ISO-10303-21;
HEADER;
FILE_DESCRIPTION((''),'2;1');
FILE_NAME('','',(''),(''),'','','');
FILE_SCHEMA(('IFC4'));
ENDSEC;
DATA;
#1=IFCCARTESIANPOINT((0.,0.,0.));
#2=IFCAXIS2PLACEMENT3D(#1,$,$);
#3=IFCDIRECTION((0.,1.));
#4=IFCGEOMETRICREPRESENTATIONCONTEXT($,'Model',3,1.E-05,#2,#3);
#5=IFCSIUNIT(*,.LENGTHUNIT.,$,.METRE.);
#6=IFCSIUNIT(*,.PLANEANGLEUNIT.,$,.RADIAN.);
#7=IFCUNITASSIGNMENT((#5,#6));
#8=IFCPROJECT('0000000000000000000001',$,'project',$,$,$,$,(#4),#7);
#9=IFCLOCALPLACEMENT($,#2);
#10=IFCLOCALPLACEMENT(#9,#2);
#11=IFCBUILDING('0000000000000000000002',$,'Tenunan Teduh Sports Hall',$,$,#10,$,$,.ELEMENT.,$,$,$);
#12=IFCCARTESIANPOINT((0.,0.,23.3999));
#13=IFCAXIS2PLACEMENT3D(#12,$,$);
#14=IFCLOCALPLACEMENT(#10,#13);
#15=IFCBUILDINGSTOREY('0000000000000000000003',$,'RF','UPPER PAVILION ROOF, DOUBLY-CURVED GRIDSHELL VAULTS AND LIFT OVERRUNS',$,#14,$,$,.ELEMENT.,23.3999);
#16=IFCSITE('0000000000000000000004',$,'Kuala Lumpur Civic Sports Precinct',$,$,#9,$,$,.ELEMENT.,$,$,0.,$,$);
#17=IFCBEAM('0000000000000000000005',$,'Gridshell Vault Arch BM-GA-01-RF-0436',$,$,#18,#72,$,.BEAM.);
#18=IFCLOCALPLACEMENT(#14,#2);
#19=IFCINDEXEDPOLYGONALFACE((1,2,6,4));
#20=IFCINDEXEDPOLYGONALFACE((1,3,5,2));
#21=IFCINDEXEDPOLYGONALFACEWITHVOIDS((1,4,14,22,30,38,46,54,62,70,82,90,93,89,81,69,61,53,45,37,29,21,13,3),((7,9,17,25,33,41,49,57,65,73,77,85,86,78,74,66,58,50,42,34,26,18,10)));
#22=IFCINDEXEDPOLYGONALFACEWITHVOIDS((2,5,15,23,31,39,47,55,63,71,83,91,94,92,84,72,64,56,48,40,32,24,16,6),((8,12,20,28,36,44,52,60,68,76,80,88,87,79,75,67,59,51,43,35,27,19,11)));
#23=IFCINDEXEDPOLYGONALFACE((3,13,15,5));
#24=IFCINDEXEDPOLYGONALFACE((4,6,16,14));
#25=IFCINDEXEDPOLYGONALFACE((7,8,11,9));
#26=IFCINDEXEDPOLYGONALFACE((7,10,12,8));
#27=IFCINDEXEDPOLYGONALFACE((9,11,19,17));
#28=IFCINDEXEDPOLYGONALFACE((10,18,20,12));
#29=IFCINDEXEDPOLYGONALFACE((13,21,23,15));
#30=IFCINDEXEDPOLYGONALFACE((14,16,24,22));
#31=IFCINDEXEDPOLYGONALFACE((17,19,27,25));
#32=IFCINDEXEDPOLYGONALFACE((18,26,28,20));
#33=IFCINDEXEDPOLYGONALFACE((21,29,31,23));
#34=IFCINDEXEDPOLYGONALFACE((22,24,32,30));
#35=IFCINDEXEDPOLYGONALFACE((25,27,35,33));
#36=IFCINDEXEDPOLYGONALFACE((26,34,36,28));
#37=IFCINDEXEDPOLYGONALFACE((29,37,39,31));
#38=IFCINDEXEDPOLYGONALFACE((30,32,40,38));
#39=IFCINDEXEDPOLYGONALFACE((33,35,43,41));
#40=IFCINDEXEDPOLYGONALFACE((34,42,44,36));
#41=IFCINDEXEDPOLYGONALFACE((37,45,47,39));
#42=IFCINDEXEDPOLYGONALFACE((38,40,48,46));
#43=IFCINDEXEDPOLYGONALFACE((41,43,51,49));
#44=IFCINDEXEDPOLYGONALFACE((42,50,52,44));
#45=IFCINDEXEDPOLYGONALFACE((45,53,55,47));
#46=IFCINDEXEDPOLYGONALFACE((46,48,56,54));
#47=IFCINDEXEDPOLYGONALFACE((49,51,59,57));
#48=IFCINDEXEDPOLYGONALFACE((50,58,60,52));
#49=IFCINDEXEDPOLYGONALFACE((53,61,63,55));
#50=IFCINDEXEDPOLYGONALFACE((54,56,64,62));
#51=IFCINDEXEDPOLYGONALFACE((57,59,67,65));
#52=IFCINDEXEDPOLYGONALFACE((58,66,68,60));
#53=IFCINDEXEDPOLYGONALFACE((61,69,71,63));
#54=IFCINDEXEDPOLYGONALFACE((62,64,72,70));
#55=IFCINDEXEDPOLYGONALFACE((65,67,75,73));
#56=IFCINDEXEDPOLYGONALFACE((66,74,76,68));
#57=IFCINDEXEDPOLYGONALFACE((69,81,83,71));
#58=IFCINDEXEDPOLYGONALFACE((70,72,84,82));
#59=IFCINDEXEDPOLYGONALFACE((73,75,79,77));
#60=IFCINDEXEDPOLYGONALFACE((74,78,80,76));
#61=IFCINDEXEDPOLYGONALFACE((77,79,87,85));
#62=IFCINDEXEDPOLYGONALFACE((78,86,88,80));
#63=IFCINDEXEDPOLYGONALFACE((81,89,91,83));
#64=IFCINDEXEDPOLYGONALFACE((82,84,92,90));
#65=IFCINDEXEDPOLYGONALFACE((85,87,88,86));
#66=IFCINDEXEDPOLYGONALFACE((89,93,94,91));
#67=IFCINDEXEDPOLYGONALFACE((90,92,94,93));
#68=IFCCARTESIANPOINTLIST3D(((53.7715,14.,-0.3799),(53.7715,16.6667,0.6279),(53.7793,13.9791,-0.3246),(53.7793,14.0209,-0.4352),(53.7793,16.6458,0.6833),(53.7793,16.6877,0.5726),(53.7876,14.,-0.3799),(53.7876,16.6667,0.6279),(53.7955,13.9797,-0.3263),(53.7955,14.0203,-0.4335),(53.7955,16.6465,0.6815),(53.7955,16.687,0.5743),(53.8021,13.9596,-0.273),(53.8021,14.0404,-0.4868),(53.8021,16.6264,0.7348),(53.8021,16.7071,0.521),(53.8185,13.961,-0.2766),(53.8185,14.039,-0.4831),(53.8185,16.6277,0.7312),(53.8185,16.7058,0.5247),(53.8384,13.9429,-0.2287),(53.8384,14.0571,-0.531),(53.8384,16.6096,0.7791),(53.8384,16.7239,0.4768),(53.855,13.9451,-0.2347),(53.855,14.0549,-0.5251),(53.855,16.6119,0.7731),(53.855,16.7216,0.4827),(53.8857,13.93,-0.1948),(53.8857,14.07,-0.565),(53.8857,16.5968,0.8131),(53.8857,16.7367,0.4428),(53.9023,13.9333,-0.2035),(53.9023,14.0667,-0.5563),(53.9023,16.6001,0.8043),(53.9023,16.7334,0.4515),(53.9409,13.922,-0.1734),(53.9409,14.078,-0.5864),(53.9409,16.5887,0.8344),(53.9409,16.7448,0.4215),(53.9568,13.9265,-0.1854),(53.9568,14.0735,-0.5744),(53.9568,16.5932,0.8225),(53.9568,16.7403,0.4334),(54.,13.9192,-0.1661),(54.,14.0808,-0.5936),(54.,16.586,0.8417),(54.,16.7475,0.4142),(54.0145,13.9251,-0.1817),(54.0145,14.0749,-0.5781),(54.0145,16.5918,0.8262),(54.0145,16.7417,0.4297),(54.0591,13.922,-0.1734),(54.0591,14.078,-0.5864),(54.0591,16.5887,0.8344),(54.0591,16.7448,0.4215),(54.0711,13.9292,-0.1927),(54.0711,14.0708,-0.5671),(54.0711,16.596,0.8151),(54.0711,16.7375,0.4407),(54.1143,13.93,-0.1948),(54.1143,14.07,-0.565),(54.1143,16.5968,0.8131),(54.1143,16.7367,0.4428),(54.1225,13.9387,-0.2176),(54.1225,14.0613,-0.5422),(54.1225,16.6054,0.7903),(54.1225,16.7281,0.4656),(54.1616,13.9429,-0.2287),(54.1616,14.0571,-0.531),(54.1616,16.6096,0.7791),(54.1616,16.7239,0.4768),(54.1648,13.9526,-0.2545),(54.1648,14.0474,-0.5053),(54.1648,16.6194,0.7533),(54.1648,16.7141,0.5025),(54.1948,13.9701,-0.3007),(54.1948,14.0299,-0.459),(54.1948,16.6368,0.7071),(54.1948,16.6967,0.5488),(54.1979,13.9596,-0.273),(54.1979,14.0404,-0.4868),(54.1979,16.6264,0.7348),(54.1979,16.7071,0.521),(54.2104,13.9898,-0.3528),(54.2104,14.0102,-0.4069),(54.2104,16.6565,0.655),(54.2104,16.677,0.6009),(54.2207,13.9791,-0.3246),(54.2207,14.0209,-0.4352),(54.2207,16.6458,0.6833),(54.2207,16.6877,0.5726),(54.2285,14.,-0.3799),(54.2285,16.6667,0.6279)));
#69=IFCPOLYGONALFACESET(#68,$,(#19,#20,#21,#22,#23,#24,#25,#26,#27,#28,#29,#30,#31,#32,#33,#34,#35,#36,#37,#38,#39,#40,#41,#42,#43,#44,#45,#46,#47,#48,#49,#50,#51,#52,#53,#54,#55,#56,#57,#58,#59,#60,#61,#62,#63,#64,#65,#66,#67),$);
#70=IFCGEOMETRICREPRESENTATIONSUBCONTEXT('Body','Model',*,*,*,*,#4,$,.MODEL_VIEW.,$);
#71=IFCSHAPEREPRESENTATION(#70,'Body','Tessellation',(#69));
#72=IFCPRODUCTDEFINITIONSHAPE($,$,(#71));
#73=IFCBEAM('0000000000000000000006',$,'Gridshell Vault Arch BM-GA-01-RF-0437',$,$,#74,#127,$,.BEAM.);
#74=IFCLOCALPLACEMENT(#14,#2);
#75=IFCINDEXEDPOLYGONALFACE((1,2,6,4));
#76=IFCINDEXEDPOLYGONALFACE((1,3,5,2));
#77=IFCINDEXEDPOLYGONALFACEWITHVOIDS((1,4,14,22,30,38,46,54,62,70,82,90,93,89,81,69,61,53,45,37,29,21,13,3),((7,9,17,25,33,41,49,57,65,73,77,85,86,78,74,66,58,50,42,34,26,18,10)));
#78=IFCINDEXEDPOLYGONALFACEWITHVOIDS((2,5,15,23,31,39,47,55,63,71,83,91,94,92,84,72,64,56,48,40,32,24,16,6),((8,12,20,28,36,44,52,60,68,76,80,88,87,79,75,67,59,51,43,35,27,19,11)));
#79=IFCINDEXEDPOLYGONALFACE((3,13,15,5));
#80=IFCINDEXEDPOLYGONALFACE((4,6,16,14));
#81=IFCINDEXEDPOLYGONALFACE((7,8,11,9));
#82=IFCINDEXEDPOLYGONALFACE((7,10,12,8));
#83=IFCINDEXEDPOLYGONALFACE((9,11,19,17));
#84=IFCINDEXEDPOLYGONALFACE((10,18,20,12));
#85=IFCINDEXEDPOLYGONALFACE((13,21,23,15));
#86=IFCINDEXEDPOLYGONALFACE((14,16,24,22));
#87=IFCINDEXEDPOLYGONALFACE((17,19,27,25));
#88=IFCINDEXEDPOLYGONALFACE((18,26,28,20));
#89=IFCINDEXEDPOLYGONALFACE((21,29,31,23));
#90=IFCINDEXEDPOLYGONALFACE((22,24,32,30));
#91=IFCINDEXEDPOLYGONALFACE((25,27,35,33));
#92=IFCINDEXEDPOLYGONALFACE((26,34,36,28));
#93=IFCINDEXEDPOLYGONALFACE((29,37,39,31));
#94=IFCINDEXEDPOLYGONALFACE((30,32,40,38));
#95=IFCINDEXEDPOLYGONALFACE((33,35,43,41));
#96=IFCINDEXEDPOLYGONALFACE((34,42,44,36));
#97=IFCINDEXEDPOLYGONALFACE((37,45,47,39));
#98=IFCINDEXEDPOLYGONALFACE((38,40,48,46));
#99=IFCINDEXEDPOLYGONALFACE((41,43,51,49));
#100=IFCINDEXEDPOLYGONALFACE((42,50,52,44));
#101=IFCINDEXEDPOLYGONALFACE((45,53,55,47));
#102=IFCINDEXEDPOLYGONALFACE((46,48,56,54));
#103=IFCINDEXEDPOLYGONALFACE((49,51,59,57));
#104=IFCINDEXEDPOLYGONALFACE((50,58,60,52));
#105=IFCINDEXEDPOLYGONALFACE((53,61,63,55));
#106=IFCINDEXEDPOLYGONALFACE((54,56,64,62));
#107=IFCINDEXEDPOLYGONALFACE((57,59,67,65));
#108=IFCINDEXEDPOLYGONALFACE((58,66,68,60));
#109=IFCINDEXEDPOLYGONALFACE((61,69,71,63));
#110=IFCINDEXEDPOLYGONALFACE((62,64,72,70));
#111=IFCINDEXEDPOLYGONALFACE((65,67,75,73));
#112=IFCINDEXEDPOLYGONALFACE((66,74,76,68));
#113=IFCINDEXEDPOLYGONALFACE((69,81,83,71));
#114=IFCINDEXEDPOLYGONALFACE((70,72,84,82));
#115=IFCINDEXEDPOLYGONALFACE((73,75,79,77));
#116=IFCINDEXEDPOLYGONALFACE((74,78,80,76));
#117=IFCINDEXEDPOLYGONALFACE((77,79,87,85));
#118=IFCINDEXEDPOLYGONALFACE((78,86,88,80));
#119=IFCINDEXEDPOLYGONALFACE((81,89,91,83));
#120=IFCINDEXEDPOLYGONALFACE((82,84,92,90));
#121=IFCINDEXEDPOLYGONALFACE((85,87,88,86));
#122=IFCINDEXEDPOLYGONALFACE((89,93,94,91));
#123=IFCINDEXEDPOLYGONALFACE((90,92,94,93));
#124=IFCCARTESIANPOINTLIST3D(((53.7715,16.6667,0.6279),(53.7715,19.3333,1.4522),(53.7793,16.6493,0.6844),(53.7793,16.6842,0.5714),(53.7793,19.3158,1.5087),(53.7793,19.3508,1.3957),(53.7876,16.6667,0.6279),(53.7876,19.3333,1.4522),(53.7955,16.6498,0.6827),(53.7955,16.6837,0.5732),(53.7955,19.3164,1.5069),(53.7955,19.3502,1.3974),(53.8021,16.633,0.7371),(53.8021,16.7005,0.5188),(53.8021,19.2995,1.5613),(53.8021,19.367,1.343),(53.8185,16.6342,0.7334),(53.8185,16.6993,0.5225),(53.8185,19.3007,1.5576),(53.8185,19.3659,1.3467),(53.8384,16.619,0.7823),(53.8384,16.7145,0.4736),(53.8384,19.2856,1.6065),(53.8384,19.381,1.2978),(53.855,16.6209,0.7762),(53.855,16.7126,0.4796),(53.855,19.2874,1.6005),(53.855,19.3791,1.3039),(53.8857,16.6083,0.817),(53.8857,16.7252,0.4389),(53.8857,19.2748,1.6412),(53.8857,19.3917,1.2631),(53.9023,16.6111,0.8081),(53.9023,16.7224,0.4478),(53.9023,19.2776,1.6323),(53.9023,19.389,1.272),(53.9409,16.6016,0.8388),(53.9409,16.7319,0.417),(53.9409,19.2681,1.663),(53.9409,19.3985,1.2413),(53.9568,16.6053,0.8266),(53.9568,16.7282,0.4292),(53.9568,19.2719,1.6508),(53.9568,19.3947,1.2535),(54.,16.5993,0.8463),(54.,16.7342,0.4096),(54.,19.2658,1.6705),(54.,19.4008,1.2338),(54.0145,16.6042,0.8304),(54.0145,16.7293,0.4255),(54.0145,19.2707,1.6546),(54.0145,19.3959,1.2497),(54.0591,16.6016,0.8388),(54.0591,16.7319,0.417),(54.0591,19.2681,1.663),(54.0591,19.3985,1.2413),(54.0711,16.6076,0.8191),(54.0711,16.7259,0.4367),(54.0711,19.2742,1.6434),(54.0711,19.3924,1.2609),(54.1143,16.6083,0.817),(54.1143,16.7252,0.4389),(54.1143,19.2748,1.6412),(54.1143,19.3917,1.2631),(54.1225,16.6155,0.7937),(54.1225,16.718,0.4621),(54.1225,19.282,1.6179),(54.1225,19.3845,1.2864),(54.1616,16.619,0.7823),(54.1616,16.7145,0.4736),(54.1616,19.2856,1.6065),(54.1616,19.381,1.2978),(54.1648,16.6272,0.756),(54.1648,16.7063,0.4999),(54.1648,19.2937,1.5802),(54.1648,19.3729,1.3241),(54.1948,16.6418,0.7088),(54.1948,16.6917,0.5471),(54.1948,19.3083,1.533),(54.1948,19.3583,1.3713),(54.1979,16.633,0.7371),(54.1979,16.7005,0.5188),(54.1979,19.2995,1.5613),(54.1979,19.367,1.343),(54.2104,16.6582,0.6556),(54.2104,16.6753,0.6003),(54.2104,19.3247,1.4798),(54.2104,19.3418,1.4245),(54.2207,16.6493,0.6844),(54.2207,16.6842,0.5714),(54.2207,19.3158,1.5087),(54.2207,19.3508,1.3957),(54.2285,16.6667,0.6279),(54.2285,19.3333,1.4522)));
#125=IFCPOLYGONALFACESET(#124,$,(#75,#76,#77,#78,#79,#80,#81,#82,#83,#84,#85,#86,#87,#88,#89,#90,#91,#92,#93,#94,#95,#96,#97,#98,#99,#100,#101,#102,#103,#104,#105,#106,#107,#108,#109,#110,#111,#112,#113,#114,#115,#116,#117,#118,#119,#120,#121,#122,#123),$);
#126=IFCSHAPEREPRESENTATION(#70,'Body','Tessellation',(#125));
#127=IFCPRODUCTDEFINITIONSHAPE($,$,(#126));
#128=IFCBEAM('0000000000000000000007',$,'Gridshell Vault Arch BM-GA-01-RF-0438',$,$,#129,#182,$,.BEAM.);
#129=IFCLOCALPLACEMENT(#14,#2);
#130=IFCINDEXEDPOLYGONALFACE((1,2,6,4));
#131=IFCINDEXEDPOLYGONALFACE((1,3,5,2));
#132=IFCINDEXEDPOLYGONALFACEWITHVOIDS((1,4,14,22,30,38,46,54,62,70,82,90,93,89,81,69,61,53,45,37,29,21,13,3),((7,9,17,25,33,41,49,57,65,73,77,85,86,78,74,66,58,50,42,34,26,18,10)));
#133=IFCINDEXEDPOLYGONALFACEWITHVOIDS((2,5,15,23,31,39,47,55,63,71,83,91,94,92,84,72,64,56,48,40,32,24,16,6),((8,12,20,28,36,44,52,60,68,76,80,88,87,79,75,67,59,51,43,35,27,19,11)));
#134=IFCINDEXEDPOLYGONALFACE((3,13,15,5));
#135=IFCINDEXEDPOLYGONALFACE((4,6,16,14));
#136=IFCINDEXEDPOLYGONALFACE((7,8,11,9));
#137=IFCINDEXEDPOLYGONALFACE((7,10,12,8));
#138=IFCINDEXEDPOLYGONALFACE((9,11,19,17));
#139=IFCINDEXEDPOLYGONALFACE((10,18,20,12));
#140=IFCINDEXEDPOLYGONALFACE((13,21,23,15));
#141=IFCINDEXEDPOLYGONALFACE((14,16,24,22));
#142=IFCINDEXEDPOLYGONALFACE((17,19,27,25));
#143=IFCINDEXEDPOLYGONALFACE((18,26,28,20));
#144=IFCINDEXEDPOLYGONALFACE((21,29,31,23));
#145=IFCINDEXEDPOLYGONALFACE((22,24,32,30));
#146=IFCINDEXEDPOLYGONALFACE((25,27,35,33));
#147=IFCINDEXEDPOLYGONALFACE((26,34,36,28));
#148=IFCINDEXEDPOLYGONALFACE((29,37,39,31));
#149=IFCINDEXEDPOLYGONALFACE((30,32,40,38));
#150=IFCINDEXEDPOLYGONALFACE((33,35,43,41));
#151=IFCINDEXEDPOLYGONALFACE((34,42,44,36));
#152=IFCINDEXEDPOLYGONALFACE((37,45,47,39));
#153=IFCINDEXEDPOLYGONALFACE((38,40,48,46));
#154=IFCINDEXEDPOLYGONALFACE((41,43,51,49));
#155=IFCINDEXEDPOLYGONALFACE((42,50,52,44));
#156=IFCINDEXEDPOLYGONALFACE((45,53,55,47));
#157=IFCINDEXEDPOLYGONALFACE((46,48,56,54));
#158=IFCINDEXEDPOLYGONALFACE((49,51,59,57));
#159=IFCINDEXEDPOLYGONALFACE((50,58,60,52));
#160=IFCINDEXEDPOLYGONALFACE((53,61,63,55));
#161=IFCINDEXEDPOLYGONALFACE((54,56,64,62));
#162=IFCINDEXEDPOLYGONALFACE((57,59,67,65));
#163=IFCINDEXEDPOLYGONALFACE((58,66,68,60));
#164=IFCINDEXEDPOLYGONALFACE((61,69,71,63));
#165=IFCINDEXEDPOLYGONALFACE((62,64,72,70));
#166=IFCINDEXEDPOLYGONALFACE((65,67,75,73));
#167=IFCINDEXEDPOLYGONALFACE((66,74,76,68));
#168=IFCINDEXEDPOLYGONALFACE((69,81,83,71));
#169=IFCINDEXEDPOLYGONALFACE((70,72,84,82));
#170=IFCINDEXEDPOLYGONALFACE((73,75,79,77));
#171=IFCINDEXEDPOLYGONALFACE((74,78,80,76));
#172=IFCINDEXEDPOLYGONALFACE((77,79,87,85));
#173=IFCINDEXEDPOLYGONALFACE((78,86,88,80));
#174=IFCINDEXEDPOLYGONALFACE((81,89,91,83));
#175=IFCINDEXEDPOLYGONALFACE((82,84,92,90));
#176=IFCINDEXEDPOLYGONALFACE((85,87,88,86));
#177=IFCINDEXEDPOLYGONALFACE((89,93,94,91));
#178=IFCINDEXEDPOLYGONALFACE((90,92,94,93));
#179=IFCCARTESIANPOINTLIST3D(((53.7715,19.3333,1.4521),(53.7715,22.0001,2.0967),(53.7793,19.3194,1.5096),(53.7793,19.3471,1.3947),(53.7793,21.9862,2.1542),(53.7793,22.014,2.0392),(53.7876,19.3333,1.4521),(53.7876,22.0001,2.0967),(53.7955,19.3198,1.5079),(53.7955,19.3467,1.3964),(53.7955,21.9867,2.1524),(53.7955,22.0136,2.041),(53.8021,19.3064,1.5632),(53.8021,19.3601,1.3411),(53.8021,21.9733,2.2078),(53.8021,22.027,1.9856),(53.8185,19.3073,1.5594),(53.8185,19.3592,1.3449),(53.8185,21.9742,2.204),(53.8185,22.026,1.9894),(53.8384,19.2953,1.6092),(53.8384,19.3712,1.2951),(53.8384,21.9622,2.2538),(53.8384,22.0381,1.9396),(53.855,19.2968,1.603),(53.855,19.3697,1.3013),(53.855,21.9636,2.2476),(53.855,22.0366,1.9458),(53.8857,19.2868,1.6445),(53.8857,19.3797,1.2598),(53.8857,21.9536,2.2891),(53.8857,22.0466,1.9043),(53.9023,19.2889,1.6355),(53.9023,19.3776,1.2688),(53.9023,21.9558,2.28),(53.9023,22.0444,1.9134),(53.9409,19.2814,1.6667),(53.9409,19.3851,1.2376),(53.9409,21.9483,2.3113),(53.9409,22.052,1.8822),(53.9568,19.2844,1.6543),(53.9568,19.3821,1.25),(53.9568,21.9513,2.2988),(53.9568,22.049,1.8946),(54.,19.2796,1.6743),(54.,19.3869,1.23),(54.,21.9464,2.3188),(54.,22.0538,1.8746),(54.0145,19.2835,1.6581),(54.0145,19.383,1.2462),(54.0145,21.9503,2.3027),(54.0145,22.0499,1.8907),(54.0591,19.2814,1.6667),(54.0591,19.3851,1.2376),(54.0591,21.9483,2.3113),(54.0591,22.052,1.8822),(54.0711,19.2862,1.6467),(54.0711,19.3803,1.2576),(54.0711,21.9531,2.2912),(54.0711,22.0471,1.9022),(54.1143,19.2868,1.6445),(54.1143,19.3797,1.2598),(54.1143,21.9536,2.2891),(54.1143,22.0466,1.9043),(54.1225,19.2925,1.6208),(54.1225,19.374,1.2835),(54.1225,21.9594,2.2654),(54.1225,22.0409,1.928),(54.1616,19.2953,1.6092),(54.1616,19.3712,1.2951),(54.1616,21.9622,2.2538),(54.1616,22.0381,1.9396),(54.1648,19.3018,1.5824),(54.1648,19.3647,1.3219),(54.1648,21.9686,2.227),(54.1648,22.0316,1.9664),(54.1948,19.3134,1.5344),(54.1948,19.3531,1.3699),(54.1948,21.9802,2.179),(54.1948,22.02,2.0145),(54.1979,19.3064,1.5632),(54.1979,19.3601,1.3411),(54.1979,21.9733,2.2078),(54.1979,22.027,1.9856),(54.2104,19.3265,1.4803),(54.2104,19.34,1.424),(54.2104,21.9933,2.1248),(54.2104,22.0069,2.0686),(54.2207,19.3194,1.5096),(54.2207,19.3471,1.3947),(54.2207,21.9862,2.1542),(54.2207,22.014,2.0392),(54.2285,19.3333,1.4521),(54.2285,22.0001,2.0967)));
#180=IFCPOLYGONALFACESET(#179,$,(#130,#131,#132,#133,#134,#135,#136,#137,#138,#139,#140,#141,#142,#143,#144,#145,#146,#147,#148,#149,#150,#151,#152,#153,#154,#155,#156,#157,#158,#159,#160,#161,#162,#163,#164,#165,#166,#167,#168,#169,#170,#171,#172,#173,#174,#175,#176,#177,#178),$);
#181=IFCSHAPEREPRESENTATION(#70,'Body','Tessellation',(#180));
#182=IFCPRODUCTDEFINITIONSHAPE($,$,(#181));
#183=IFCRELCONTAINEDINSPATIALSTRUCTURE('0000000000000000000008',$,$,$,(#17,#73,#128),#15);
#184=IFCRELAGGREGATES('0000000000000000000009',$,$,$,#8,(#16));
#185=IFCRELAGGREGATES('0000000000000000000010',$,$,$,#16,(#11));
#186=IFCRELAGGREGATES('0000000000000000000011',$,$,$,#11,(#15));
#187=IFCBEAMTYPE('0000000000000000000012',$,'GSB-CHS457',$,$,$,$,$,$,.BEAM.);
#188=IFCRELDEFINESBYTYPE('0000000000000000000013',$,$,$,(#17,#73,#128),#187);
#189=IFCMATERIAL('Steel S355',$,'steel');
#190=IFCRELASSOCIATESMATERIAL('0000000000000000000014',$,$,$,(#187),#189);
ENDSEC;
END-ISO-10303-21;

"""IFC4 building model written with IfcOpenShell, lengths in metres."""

from ifc_helpers import new_model, si_unit, direction, frame, origin, origin_2d, place, context, subcontext, project, spatial, hollow_circle, extrude, material, material_profile, profile_set, type_object, element, save


model = new_model("IFC4")

# Units and contexts
model_context = context("Model", 3, precision=1e-05, world=origin(), true_north=direction((0.0, 1.0)))
body_context = subcontext(model_context, "Body", "Model", "MODEL_VIEW")
ifc_project = project(units=[si_unit("LENGTHUNIT", "METRE"), si_unit("PLANEANGLEUNIT", "RADIAN")], contexts=[model_context])

# Site, building, storey
site_placement = place(None, origin())
site = spatial("IfcSite", under=ifc_project, at=site_placement, Name="Kuala Lumpur Civic Sports Precinct", CompositionType="ELEMENT", RefElevation=0.0)
building_placement = place(site_placement, origin())
building = spatial("IfcBuilding", under=site, at=building_placement, Name="Tenunan Teduh Sports Hall", CompositionType="ELEMENT")
storey_placement = place(building_placement, frame((0.0, 0.0, 23.3999)))
storey = spatial("IfcBuildingStorey", under=building, at=storey_placement, Name="RF", Description="UPPER PAVILION ROOF, DOUBLY-CURVED GRIDSHELL VAULTS AND LIFT OVERRUNS", CompositionType="ELEMENT", Elevation=23.3999)

# Beams
ifc_material_1 = material(Name="Steel S355", Category="steel")
ifc_material_profile_1 = material_profile(ifc_material_1, hollow_circle(Radius=0.2285, WallThickness=0.0161, at=origin_2d()), Name="CHS 457.0x16.0")
ifc_profile_set_1 = profile_set([ifc_material_profile_1], Name="Steel S355")
beam_type_1 = type_object("IfcBeamType", Name="GSB-CHS457", PredefinedType="BEAM", material=ifc_profile_set_1)
beam_1_placement = place(storey_placement, frame((54.0, 14.0, -0.3799), z_axis=(0.0, 0.935429, 0.353515), x_axis=(-1.0, 0.0, 0.0)))
element("IfcBeam", 1, at=beam_1_placement, inside=storey, type_object=beam_type_1, Name="Gridshell Vault Arch BM-GA-01-RF-0436", PredefinedType="BEAM", context=body_context, shape_type="SweptSolid", body=[
    extrude(hollow_circle(Radius=0.2285, WallThickness=0.0161, at=origin_2d()), origin(), (0.0, 0.0, 1.0), 2.8508),
])
beam_2_placement = place(storey_placement, frame((54.0, 16.6667, 0.6279), z_axis=(0.0, 0.9554, 0.295315), x_axis=(-1.0, 0.0, 0.0)))
element("IfcBeam", 2, at=beam_2_placement, inside=storey, type_object=beam_type_1, Name="Gridshell Vault Arch BM-GA-01-RF-0437", PredefinedType="BEAM", context=body_context, shape_type="SweptSolid", body=[
    extrude(hollow_circle(Radius=0.2285, WallThickness=0.0161, at=origin_2d()), origin(), (0.0, 0.0, 1.0), 2.791),
])
beam_3_placement = place(storey_placement, frame((54.0, 19.3333, 1.4521), z_axis=(0.0, 0.972013, 0.234928), x_axis=(-1.0, 0.0, 0.0)))
element("IfcBeam", 3, at=beam_3_placement, inside=storey, type_object=beam_type_1, Name="Gridshell Vault Arch BM-GA-01-RF-0438", PredefinedType="BEAM", context=body_context, shape_type="SweptSolid", body=[
    extrude(hollow_circle(Radius=0.2285, WallThickness=0.0161, at=origin_2d()), origin(), (0.0, 0.0, 1.0), 2.7437),
])

save(model, "model.ifc")
